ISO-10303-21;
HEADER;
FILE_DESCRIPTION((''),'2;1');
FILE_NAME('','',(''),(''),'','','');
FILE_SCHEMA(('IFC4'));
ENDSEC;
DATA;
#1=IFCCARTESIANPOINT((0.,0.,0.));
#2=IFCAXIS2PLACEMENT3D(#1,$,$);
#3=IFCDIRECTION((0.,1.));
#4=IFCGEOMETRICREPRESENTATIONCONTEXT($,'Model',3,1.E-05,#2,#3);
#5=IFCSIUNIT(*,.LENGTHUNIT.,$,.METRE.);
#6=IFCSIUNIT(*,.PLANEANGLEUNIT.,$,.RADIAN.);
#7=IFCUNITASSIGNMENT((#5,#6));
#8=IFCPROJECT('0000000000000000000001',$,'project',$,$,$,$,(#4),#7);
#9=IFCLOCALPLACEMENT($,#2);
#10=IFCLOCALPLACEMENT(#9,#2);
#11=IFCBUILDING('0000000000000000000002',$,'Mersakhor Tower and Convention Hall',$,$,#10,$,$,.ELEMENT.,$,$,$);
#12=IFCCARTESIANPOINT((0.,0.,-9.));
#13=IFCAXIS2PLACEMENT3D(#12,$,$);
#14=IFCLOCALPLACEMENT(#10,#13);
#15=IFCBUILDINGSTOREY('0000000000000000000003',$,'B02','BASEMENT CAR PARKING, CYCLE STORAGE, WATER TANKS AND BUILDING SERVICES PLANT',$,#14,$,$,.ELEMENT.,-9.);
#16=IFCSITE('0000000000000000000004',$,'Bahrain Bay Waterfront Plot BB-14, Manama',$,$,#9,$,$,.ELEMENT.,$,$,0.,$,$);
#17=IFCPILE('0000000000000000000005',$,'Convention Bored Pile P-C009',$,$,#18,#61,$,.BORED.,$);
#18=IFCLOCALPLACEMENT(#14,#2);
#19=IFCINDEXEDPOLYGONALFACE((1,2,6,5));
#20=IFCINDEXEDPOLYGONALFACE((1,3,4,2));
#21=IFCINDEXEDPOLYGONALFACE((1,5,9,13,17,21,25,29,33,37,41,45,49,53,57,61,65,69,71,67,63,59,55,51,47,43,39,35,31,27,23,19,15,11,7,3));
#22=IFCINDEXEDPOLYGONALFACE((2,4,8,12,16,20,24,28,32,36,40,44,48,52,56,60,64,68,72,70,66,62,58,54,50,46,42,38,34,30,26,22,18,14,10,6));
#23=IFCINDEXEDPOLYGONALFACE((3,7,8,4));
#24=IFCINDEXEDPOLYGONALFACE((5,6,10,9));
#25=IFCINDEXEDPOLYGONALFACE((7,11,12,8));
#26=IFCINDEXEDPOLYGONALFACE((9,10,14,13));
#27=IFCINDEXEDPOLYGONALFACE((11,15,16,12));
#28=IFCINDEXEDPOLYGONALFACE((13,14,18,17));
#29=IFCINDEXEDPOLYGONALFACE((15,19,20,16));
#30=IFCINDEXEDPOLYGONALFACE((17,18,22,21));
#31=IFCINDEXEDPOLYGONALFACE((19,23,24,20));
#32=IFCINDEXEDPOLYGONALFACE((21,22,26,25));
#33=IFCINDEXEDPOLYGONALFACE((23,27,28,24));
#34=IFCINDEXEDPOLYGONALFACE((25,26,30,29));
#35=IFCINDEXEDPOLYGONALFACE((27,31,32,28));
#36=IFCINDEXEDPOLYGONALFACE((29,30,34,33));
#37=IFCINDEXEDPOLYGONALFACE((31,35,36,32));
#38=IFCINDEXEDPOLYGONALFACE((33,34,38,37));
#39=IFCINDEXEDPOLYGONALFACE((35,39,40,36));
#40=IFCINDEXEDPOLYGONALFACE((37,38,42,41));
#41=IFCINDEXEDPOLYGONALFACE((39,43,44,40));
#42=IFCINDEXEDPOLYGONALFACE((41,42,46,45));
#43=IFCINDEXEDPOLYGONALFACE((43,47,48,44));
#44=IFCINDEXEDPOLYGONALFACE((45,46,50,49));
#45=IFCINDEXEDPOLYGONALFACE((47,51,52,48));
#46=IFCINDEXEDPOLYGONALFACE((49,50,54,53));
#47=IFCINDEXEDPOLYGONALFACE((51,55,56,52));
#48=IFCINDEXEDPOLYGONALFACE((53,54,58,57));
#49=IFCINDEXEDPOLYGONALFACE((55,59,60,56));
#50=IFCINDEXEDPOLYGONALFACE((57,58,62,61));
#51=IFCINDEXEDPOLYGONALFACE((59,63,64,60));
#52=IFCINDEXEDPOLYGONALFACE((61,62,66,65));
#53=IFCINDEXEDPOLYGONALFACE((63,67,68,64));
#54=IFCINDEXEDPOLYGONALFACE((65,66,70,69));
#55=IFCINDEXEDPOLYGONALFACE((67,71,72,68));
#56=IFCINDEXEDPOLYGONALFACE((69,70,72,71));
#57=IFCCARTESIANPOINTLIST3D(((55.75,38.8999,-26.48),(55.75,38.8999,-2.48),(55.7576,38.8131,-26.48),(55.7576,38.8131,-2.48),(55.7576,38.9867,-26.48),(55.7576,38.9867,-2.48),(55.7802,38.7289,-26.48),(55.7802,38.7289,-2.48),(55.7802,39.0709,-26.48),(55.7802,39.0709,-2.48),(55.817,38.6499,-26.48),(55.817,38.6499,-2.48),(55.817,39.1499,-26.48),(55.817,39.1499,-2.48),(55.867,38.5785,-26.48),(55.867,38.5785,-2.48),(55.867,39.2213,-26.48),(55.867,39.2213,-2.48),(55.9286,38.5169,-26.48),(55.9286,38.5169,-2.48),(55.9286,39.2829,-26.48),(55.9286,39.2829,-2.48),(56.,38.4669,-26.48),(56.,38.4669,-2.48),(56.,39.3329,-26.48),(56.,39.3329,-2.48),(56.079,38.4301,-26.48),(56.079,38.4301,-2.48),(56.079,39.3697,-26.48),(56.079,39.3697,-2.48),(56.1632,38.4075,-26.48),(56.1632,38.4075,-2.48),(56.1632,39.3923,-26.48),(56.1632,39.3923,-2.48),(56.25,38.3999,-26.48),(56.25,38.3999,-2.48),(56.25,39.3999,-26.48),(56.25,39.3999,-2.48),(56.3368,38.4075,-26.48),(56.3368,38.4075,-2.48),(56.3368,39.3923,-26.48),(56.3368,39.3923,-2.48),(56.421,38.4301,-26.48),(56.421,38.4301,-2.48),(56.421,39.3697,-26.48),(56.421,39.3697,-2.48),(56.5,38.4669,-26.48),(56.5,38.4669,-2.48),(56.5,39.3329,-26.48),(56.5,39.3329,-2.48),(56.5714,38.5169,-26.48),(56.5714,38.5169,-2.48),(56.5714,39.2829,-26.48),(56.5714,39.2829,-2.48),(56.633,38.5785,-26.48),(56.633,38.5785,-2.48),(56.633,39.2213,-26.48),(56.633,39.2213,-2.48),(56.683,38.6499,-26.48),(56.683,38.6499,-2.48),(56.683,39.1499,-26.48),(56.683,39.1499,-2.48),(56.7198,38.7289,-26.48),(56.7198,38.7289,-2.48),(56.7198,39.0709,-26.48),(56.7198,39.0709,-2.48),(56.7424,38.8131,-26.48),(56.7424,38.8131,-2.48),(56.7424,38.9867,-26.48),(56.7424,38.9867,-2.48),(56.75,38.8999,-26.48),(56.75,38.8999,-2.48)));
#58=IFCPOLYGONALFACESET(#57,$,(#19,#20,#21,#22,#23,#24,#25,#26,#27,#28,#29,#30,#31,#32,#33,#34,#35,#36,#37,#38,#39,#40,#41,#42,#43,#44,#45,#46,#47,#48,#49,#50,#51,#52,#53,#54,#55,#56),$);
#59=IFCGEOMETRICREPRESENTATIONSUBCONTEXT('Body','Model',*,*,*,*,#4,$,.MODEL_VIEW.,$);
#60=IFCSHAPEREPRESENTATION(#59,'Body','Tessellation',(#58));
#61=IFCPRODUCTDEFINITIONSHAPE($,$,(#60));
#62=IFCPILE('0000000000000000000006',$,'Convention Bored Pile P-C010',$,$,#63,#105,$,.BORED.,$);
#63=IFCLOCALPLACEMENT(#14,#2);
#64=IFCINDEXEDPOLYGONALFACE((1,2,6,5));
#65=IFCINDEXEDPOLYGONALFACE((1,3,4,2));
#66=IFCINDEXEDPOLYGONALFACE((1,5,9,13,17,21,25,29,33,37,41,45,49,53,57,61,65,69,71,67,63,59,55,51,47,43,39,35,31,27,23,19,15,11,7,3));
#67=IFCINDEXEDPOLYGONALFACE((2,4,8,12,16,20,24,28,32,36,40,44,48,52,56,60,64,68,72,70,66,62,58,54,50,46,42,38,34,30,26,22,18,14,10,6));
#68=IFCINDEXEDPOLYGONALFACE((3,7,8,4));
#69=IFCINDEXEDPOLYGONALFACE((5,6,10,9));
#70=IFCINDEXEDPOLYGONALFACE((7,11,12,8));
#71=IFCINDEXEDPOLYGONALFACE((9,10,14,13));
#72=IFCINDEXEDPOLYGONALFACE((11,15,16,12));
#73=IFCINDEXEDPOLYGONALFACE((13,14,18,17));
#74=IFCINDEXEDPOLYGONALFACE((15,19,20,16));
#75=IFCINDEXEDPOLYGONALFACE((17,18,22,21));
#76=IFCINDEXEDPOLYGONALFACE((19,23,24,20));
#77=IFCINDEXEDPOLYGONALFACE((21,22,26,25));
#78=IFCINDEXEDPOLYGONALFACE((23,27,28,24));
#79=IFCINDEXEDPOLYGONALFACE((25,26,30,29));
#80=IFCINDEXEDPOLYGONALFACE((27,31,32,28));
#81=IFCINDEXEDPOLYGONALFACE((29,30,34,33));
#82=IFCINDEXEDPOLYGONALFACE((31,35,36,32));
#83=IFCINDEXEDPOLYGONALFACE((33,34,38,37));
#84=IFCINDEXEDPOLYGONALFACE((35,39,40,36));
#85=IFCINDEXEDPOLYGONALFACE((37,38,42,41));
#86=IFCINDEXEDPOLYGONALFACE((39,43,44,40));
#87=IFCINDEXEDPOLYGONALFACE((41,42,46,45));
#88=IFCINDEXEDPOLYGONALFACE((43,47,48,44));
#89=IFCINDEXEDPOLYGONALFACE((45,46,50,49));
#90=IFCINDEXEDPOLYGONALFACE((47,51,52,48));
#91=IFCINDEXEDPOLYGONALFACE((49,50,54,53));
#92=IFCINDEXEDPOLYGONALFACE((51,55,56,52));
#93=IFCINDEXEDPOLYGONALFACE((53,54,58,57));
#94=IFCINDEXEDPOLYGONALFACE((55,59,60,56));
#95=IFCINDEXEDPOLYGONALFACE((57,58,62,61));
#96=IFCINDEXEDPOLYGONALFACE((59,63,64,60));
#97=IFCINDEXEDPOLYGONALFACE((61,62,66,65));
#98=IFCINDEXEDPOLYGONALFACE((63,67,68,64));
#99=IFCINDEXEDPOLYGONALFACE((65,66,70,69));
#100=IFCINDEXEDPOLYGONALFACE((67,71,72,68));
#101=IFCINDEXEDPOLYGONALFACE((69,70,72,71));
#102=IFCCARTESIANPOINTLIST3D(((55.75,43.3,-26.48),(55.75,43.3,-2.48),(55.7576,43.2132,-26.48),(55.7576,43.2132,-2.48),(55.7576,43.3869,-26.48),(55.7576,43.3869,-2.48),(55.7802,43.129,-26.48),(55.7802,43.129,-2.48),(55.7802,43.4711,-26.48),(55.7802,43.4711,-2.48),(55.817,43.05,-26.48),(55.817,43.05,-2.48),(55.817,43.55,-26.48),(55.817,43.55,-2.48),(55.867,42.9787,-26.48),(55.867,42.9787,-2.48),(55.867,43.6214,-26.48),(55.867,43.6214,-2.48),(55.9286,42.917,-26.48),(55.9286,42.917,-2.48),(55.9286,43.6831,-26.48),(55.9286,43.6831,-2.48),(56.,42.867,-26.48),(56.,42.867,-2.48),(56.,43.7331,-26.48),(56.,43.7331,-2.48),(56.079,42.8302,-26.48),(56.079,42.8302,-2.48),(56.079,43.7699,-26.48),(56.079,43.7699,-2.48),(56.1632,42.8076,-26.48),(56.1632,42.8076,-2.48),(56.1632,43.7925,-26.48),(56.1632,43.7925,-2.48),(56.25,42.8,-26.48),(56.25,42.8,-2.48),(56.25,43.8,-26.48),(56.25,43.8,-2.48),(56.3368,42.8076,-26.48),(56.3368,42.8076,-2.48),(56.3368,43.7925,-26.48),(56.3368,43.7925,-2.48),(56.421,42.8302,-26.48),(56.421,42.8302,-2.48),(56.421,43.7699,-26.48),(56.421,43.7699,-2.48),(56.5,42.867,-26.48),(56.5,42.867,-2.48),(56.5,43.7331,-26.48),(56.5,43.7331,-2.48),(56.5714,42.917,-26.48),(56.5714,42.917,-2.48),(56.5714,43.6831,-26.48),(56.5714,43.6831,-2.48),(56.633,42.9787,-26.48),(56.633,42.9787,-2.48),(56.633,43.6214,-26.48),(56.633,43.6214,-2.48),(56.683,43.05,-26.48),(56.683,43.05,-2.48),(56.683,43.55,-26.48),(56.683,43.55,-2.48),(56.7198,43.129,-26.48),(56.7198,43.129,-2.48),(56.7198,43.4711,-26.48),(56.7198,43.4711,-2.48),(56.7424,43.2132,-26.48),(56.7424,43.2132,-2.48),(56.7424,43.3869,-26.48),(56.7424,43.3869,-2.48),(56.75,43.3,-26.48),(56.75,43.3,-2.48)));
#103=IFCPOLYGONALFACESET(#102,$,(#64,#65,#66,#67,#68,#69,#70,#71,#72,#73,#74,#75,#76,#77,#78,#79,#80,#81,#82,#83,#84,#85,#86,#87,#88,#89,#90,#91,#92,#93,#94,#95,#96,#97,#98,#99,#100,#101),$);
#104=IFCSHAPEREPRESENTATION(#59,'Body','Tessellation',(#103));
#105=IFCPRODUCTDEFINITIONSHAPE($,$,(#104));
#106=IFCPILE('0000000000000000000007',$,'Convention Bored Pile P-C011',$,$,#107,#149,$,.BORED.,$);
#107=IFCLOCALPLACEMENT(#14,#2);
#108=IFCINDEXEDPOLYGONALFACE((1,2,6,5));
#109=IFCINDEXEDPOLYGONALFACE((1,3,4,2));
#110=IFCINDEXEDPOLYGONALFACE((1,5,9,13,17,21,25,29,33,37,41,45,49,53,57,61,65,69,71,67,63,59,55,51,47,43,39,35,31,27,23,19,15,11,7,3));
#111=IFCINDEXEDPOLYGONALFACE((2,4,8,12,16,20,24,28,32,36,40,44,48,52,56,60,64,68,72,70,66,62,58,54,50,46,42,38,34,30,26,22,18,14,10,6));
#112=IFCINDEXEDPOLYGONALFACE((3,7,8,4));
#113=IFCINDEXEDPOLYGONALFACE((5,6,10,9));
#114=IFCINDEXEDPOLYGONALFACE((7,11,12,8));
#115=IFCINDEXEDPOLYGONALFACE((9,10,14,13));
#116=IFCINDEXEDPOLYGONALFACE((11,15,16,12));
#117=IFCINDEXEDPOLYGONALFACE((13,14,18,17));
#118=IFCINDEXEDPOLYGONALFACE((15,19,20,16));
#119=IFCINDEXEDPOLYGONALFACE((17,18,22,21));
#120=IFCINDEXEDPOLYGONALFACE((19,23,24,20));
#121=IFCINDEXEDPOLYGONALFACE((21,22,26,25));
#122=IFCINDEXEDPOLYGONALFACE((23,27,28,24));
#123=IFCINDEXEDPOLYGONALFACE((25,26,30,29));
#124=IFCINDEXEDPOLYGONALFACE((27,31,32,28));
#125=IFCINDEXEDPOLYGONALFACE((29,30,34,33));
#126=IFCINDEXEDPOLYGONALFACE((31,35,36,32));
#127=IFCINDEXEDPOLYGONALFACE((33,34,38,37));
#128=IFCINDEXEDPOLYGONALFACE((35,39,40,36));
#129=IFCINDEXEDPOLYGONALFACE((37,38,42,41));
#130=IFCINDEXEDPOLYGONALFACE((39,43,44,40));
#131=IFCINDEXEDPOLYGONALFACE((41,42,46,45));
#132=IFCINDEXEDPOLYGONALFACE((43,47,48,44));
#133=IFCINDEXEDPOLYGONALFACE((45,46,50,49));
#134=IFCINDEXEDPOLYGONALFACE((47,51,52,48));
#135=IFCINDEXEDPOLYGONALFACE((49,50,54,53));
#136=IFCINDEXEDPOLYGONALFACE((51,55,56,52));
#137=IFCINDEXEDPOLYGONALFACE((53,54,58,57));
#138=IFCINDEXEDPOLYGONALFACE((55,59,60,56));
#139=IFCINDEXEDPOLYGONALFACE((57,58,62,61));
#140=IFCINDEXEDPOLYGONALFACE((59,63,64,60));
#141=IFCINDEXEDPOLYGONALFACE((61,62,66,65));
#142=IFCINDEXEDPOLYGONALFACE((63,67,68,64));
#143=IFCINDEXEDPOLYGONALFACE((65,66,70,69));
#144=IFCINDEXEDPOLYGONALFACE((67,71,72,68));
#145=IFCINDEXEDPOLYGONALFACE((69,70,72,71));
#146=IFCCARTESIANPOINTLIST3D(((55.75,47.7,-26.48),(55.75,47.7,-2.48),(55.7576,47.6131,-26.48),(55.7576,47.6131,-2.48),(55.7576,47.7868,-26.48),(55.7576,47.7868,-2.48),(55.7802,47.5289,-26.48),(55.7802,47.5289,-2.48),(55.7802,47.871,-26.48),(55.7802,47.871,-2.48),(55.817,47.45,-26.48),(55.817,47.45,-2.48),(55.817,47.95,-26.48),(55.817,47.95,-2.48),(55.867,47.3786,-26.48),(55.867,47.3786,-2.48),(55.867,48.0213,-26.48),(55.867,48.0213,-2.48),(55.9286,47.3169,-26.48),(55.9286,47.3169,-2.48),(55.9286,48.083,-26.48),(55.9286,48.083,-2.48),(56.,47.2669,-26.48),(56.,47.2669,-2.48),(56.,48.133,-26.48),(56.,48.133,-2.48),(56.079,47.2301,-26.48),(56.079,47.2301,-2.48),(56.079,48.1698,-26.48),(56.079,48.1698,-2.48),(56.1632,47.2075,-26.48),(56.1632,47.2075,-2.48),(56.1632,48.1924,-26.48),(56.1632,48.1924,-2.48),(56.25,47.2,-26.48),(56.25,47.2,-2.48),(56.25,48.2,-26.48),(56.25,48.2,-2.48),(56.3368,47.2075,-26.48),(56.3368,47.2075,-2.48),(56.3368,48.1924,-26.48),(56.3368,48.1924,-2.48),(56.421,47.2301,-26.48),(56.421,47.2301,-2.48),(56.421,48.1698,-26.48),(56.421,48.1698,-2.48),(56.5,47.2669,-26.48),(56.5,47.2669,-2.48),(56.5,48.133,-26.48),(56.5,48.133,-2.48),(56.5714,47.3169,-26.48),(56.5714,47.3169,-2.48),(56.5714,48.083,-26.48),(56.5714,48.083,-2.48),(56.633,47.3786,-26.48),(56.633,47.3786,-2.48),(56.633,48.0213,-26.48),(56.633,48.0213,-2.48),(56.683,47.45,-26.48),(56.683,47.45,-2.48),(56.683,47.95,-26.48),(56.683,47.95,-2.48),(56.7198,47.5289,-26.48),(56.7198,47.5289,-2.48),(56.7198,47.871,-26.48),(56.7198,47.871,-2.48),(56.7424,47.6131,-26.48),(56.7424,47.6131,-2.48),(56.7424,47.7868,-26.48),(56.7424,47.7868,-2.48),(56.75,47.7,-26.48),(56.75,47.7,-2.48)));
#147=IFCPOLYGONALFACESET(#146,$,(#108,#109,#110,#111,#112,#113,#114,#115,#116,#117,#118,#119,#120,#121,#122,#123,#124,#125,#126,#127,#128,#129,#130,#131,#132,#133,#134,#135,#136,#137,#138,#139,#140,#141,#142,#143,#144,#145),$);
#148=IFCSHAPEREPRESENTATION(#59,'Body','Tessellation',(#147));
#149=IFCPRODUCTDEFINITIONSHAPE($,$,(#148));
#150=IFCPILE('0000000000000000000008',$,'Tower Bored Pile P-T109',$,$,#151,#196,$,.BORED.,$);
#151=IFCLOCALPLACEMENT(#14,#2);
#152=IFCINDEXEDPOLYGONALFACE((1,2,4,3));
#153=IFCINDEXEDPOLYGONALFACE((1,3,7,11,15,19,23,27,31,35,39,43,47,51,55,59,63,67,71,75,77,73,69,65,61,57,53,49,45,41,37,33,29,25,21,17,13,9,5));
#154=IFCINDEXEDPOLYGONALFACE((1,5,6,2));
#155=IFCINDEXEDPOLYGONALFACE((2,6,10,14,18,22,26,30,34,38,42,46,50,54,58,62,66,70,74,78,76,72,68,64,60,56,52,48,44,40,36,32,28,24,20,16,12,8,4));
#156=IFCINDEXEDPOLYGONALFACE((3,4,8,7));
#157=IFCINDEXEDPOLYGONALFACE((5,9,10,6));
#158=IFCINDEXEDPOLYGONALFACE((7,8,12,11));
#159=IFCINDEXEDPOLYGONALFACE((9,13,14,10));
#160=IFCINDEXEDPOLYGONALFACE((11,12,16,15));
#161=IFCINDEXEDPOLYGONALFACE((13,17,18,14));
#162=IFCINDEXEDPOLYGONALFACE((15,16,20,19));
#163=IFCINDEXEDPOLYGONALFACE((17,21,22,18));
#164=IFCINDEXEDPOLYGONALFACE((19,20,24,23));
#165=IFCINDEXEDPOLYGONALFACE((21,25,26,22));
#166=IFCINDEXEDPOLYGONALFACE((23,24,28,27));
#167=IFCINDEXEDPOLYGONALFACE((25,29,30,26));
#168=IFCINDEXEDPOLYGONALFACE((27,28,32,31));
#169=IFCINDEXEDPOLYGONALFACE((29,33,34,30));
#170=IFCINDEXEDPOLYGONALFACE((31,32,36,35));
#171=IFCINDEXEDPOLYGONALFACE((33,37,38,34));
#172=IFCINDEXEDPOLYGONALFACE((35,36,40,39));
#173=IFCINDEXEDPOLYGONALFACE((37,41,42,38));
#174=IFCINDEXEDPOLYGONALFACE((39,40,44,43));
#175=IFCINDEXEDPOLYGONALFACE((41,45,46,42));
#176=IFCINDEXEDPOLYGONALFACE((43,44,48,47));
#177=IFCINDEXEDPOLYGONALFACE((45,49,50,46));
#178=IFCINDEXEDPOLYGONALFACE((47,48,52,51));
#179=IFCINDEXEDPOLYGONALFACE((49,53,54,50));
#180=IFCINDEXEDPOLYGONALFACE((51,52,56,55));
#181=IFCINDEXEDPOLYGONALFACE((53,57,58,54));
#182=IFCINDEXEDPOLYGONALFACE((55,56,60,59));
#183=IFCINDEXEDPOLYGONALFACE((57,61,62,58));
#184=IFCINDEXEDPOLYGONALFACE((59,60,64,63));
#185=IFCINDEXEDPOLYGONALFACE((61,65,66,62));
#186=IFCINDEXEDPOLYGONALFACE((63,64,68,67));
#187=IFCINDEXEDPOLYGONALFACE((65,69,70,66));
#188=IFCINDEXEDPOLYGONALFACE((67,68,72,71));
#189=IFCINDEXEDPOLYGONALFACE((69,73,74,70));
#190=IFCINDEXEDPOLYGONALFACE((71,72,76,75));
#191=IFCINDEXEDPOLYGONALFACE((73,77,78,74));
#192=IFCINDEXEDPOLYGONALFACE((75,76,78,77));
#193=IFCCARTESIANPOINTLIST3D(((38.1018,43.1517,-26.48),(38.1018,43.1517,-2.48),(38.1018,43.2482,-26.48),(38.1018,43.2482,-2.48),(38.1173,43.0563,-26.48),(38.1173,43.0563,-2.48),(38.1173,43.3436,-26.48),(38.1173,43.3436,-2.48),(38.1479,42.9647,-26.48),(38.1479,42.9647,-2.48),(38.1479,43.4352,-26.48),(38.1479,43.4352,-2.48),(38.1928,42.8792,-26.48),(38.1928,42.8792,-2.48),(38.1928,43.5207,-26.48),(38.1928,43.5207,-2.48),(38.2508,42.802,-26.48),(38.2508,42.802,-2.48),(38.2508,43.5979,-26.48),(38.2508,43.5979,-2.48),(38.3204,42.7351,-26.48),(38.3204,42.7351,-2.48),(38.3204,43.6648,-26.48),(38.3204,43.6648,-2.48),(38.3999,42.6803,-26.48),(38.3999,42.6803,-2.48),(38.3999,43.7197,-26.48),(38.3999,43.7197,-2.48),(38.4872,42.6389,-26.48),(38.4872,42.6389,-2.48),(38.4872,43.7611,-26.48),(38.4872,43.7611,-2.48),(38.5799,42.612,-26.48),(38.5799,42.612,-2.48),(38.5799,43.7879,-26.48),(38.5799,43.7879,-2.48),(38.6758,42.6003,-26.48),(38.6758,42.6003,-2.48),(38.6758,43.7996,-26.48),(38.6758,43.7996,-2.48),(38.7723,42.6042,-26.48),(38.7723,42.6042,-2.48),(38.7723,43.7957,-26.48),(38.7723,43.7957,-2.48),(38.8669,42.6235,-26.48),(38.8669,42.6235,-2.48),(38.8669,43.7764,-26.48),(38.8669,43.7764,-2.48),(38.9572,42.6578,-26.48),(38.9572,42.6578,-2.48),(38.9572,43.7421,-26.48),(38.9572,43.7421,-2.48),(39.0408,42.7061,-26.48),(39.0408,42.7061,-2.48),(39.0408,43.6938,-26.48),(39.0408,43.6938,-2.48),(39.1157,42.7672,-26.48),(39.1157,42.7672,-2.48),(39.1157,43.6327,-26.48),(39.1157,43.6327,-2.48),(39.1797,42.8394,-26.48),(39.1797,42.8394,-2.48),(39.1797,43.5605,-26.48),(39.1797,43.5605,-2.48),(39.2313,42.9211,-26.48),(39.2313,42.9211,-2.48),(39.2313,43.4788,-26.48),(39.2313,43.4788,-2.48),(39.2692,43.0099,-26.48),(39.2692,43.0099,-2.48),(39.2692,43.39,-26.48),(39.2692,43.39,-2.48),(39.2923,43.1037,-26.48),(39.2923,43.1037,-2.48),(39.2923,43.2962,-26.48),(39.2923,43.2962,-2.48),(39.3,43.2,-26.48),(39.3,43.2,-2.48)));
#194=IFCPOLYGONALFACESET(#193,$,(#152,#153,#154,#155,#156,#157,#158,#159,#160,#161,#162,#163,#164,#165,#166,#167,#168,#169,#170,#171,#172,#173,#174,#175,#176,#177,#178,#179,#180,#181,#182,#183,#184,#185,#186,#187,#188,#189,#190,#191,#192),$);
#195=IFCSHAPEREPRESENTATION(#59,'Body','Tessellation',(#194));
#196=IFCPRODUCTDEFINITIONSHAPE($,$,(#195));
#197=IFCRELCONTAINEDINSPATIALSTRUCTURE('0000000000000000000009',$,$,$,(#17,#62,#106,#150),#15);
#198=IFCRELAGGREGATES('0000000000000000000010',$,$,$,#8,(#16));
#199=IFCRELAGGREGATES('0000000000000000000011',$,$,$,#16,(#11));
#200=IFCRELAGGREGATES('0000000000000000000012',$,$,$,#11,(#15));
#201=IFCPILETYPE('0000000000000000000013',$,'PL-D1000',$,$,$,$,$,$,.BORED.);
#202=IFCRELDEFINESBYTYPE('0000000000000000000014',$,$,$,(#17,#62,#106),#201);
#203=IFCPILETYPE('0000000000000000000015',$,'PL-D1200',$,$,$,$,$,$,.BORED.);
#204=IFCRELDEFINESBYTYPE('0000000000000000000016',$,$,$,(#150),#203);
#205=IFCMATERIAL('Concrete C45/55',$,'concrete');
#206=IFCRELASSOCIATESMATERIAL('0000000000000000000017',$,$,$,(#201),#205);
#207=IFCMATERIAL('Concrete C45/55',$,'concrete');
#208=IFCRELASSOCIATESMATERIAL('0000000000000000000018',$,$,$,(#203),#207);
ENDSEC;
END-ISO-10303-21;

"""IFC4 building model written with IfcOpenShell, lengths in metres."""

from ifc_helpers import new_model, si_unit, direction, frame, origin, origin_2d, place, context, subcontext, project, spatial, circle, extrude, material, material_profile, profile_set, type_object, element, save


model = new_model("IFC4")

# Units and contexts
model_context = context("Model", 3, precision=1e-05, world=origin(), true_north=direction((0.0, 1.0)))
body_context = subcontext(model_context, "Body", "Model", "MODEL_VIEW")
ifc_project = project(units=[si_unit("LENGTHUNIT", "METRE"), si_unit("PLANEANGLEUNIT", "RADIAN")], contexts=[model_context])

# Site, building, storey
site_placement = place(None, origin())
site = spatial("IfcSite", under=ifc_project, at=site_placement, Name="Bahrain Bay Waterfront Plot BB-14, Manama", CompositionType="ELEMENT", RefElevation=0.0)
building_placement = place(site_placement, origin())
building = spatial("IfcBuilding", under=site, at=building_placement, Name="Mersakhor Tower and Convention Hall", CompositionType="ELEMENT")
storey_placement = place(building_placement, frame((0.0, 0.0, -9.0)))
storey = spatial("IfcBuildingStorey", under=building, at=storey_placement, Name="B02", Description="BASEMENT CAR PARKING, CYCLE STORAGE, WATER TANKS AND BUILDING SERVICES PLANT", CompositionType="ELEMENT", Elevation=-9.0)

# Piles
ifc_material_1 = material(Name="Concrete C45/55", Category="concrete")
ifc_material_profile_1 = material_profile(ifc_material_1, circle(Radius=0.5, at=origin_2d()), Name="PILE D1000")
ifc_profile_set_1 = profile_set([ifc_material_profile_1], Name="Concrete C45/55")
pile_type_1 = type_object("IfcPileType", Name="PL-D1000", PredefinedType="BORED", material=ifc_profile_set_1)
for number, where, z_axis, x_axis, name in (
    (1, (56.25, 38.8999, -2.48), (0.0, 0.0, -1.0), (1.0, 0.0, 0.0), "Convention Bored Pile P-C009"),
    (2, (56.25, 43.3, -2.48), (0.0, 0.0, -1.0), (1.0, 0.0, 0.0), "Convention Bored Pile P-C010"),
    (3, (56.25, 47.7, -2.48), (0.0, 0.0, -1.0), (1.0, 0.0, 0.0), "Convention Bored Pile P-C011"),
):
    element("IfcPile", number, at=place(storey_placement, frame(where, z_axis=z_axis, x_axis=x_axis)), inside=storey, type_object=pile_type_1, Name=name, PredefinedType="BORED", context=body_context, shape_type="SweptSolid", body=[
        extrude(circle(Radius=0.5, at=origin_2d()), origin(), (0.0, 0.0, 1.0), 24.0),
    ])
ifc_material_2 = material(Name="Concrete C45/55", Category="concrete")
ifc_material_profile_2 = material_profile(ifc_material_2, circle(Radius=0.6001, at=origin_2d()), Name="PILE D1200")
ifc_profile_set_2 = profile_set([ifc_material_profile_2], Name="Concrete C45/55")
pile_type_2 = type_object("IfcPileType", Name="PL-D1200", PredefinedType="BORED", material=ifc_profile_set_2)
for number, where, z_axis, x_axis, name in (
    (4, (38.7, 43.2, -2.48), (0.0, 0.0, -1.0), (1.0, 0.0, 0.0), "Tower Bored Pile P-T109"),
):
    element("IfcPile", number, at=place(storey_placement, frame(where, z_axis=z_axis, x_axis=x_axis)), inside=storey, type_object=pile_type_2, Name=name, PredefinedType="BORED", context=body_context, shape_type="SweptSolid", body=[
        extrude(circle(Radius=0.6001, at=origin_2d()), origin(), (0.0, 0.0, 1.0), 24.0),
    ])

save(model, "model.ifc")
